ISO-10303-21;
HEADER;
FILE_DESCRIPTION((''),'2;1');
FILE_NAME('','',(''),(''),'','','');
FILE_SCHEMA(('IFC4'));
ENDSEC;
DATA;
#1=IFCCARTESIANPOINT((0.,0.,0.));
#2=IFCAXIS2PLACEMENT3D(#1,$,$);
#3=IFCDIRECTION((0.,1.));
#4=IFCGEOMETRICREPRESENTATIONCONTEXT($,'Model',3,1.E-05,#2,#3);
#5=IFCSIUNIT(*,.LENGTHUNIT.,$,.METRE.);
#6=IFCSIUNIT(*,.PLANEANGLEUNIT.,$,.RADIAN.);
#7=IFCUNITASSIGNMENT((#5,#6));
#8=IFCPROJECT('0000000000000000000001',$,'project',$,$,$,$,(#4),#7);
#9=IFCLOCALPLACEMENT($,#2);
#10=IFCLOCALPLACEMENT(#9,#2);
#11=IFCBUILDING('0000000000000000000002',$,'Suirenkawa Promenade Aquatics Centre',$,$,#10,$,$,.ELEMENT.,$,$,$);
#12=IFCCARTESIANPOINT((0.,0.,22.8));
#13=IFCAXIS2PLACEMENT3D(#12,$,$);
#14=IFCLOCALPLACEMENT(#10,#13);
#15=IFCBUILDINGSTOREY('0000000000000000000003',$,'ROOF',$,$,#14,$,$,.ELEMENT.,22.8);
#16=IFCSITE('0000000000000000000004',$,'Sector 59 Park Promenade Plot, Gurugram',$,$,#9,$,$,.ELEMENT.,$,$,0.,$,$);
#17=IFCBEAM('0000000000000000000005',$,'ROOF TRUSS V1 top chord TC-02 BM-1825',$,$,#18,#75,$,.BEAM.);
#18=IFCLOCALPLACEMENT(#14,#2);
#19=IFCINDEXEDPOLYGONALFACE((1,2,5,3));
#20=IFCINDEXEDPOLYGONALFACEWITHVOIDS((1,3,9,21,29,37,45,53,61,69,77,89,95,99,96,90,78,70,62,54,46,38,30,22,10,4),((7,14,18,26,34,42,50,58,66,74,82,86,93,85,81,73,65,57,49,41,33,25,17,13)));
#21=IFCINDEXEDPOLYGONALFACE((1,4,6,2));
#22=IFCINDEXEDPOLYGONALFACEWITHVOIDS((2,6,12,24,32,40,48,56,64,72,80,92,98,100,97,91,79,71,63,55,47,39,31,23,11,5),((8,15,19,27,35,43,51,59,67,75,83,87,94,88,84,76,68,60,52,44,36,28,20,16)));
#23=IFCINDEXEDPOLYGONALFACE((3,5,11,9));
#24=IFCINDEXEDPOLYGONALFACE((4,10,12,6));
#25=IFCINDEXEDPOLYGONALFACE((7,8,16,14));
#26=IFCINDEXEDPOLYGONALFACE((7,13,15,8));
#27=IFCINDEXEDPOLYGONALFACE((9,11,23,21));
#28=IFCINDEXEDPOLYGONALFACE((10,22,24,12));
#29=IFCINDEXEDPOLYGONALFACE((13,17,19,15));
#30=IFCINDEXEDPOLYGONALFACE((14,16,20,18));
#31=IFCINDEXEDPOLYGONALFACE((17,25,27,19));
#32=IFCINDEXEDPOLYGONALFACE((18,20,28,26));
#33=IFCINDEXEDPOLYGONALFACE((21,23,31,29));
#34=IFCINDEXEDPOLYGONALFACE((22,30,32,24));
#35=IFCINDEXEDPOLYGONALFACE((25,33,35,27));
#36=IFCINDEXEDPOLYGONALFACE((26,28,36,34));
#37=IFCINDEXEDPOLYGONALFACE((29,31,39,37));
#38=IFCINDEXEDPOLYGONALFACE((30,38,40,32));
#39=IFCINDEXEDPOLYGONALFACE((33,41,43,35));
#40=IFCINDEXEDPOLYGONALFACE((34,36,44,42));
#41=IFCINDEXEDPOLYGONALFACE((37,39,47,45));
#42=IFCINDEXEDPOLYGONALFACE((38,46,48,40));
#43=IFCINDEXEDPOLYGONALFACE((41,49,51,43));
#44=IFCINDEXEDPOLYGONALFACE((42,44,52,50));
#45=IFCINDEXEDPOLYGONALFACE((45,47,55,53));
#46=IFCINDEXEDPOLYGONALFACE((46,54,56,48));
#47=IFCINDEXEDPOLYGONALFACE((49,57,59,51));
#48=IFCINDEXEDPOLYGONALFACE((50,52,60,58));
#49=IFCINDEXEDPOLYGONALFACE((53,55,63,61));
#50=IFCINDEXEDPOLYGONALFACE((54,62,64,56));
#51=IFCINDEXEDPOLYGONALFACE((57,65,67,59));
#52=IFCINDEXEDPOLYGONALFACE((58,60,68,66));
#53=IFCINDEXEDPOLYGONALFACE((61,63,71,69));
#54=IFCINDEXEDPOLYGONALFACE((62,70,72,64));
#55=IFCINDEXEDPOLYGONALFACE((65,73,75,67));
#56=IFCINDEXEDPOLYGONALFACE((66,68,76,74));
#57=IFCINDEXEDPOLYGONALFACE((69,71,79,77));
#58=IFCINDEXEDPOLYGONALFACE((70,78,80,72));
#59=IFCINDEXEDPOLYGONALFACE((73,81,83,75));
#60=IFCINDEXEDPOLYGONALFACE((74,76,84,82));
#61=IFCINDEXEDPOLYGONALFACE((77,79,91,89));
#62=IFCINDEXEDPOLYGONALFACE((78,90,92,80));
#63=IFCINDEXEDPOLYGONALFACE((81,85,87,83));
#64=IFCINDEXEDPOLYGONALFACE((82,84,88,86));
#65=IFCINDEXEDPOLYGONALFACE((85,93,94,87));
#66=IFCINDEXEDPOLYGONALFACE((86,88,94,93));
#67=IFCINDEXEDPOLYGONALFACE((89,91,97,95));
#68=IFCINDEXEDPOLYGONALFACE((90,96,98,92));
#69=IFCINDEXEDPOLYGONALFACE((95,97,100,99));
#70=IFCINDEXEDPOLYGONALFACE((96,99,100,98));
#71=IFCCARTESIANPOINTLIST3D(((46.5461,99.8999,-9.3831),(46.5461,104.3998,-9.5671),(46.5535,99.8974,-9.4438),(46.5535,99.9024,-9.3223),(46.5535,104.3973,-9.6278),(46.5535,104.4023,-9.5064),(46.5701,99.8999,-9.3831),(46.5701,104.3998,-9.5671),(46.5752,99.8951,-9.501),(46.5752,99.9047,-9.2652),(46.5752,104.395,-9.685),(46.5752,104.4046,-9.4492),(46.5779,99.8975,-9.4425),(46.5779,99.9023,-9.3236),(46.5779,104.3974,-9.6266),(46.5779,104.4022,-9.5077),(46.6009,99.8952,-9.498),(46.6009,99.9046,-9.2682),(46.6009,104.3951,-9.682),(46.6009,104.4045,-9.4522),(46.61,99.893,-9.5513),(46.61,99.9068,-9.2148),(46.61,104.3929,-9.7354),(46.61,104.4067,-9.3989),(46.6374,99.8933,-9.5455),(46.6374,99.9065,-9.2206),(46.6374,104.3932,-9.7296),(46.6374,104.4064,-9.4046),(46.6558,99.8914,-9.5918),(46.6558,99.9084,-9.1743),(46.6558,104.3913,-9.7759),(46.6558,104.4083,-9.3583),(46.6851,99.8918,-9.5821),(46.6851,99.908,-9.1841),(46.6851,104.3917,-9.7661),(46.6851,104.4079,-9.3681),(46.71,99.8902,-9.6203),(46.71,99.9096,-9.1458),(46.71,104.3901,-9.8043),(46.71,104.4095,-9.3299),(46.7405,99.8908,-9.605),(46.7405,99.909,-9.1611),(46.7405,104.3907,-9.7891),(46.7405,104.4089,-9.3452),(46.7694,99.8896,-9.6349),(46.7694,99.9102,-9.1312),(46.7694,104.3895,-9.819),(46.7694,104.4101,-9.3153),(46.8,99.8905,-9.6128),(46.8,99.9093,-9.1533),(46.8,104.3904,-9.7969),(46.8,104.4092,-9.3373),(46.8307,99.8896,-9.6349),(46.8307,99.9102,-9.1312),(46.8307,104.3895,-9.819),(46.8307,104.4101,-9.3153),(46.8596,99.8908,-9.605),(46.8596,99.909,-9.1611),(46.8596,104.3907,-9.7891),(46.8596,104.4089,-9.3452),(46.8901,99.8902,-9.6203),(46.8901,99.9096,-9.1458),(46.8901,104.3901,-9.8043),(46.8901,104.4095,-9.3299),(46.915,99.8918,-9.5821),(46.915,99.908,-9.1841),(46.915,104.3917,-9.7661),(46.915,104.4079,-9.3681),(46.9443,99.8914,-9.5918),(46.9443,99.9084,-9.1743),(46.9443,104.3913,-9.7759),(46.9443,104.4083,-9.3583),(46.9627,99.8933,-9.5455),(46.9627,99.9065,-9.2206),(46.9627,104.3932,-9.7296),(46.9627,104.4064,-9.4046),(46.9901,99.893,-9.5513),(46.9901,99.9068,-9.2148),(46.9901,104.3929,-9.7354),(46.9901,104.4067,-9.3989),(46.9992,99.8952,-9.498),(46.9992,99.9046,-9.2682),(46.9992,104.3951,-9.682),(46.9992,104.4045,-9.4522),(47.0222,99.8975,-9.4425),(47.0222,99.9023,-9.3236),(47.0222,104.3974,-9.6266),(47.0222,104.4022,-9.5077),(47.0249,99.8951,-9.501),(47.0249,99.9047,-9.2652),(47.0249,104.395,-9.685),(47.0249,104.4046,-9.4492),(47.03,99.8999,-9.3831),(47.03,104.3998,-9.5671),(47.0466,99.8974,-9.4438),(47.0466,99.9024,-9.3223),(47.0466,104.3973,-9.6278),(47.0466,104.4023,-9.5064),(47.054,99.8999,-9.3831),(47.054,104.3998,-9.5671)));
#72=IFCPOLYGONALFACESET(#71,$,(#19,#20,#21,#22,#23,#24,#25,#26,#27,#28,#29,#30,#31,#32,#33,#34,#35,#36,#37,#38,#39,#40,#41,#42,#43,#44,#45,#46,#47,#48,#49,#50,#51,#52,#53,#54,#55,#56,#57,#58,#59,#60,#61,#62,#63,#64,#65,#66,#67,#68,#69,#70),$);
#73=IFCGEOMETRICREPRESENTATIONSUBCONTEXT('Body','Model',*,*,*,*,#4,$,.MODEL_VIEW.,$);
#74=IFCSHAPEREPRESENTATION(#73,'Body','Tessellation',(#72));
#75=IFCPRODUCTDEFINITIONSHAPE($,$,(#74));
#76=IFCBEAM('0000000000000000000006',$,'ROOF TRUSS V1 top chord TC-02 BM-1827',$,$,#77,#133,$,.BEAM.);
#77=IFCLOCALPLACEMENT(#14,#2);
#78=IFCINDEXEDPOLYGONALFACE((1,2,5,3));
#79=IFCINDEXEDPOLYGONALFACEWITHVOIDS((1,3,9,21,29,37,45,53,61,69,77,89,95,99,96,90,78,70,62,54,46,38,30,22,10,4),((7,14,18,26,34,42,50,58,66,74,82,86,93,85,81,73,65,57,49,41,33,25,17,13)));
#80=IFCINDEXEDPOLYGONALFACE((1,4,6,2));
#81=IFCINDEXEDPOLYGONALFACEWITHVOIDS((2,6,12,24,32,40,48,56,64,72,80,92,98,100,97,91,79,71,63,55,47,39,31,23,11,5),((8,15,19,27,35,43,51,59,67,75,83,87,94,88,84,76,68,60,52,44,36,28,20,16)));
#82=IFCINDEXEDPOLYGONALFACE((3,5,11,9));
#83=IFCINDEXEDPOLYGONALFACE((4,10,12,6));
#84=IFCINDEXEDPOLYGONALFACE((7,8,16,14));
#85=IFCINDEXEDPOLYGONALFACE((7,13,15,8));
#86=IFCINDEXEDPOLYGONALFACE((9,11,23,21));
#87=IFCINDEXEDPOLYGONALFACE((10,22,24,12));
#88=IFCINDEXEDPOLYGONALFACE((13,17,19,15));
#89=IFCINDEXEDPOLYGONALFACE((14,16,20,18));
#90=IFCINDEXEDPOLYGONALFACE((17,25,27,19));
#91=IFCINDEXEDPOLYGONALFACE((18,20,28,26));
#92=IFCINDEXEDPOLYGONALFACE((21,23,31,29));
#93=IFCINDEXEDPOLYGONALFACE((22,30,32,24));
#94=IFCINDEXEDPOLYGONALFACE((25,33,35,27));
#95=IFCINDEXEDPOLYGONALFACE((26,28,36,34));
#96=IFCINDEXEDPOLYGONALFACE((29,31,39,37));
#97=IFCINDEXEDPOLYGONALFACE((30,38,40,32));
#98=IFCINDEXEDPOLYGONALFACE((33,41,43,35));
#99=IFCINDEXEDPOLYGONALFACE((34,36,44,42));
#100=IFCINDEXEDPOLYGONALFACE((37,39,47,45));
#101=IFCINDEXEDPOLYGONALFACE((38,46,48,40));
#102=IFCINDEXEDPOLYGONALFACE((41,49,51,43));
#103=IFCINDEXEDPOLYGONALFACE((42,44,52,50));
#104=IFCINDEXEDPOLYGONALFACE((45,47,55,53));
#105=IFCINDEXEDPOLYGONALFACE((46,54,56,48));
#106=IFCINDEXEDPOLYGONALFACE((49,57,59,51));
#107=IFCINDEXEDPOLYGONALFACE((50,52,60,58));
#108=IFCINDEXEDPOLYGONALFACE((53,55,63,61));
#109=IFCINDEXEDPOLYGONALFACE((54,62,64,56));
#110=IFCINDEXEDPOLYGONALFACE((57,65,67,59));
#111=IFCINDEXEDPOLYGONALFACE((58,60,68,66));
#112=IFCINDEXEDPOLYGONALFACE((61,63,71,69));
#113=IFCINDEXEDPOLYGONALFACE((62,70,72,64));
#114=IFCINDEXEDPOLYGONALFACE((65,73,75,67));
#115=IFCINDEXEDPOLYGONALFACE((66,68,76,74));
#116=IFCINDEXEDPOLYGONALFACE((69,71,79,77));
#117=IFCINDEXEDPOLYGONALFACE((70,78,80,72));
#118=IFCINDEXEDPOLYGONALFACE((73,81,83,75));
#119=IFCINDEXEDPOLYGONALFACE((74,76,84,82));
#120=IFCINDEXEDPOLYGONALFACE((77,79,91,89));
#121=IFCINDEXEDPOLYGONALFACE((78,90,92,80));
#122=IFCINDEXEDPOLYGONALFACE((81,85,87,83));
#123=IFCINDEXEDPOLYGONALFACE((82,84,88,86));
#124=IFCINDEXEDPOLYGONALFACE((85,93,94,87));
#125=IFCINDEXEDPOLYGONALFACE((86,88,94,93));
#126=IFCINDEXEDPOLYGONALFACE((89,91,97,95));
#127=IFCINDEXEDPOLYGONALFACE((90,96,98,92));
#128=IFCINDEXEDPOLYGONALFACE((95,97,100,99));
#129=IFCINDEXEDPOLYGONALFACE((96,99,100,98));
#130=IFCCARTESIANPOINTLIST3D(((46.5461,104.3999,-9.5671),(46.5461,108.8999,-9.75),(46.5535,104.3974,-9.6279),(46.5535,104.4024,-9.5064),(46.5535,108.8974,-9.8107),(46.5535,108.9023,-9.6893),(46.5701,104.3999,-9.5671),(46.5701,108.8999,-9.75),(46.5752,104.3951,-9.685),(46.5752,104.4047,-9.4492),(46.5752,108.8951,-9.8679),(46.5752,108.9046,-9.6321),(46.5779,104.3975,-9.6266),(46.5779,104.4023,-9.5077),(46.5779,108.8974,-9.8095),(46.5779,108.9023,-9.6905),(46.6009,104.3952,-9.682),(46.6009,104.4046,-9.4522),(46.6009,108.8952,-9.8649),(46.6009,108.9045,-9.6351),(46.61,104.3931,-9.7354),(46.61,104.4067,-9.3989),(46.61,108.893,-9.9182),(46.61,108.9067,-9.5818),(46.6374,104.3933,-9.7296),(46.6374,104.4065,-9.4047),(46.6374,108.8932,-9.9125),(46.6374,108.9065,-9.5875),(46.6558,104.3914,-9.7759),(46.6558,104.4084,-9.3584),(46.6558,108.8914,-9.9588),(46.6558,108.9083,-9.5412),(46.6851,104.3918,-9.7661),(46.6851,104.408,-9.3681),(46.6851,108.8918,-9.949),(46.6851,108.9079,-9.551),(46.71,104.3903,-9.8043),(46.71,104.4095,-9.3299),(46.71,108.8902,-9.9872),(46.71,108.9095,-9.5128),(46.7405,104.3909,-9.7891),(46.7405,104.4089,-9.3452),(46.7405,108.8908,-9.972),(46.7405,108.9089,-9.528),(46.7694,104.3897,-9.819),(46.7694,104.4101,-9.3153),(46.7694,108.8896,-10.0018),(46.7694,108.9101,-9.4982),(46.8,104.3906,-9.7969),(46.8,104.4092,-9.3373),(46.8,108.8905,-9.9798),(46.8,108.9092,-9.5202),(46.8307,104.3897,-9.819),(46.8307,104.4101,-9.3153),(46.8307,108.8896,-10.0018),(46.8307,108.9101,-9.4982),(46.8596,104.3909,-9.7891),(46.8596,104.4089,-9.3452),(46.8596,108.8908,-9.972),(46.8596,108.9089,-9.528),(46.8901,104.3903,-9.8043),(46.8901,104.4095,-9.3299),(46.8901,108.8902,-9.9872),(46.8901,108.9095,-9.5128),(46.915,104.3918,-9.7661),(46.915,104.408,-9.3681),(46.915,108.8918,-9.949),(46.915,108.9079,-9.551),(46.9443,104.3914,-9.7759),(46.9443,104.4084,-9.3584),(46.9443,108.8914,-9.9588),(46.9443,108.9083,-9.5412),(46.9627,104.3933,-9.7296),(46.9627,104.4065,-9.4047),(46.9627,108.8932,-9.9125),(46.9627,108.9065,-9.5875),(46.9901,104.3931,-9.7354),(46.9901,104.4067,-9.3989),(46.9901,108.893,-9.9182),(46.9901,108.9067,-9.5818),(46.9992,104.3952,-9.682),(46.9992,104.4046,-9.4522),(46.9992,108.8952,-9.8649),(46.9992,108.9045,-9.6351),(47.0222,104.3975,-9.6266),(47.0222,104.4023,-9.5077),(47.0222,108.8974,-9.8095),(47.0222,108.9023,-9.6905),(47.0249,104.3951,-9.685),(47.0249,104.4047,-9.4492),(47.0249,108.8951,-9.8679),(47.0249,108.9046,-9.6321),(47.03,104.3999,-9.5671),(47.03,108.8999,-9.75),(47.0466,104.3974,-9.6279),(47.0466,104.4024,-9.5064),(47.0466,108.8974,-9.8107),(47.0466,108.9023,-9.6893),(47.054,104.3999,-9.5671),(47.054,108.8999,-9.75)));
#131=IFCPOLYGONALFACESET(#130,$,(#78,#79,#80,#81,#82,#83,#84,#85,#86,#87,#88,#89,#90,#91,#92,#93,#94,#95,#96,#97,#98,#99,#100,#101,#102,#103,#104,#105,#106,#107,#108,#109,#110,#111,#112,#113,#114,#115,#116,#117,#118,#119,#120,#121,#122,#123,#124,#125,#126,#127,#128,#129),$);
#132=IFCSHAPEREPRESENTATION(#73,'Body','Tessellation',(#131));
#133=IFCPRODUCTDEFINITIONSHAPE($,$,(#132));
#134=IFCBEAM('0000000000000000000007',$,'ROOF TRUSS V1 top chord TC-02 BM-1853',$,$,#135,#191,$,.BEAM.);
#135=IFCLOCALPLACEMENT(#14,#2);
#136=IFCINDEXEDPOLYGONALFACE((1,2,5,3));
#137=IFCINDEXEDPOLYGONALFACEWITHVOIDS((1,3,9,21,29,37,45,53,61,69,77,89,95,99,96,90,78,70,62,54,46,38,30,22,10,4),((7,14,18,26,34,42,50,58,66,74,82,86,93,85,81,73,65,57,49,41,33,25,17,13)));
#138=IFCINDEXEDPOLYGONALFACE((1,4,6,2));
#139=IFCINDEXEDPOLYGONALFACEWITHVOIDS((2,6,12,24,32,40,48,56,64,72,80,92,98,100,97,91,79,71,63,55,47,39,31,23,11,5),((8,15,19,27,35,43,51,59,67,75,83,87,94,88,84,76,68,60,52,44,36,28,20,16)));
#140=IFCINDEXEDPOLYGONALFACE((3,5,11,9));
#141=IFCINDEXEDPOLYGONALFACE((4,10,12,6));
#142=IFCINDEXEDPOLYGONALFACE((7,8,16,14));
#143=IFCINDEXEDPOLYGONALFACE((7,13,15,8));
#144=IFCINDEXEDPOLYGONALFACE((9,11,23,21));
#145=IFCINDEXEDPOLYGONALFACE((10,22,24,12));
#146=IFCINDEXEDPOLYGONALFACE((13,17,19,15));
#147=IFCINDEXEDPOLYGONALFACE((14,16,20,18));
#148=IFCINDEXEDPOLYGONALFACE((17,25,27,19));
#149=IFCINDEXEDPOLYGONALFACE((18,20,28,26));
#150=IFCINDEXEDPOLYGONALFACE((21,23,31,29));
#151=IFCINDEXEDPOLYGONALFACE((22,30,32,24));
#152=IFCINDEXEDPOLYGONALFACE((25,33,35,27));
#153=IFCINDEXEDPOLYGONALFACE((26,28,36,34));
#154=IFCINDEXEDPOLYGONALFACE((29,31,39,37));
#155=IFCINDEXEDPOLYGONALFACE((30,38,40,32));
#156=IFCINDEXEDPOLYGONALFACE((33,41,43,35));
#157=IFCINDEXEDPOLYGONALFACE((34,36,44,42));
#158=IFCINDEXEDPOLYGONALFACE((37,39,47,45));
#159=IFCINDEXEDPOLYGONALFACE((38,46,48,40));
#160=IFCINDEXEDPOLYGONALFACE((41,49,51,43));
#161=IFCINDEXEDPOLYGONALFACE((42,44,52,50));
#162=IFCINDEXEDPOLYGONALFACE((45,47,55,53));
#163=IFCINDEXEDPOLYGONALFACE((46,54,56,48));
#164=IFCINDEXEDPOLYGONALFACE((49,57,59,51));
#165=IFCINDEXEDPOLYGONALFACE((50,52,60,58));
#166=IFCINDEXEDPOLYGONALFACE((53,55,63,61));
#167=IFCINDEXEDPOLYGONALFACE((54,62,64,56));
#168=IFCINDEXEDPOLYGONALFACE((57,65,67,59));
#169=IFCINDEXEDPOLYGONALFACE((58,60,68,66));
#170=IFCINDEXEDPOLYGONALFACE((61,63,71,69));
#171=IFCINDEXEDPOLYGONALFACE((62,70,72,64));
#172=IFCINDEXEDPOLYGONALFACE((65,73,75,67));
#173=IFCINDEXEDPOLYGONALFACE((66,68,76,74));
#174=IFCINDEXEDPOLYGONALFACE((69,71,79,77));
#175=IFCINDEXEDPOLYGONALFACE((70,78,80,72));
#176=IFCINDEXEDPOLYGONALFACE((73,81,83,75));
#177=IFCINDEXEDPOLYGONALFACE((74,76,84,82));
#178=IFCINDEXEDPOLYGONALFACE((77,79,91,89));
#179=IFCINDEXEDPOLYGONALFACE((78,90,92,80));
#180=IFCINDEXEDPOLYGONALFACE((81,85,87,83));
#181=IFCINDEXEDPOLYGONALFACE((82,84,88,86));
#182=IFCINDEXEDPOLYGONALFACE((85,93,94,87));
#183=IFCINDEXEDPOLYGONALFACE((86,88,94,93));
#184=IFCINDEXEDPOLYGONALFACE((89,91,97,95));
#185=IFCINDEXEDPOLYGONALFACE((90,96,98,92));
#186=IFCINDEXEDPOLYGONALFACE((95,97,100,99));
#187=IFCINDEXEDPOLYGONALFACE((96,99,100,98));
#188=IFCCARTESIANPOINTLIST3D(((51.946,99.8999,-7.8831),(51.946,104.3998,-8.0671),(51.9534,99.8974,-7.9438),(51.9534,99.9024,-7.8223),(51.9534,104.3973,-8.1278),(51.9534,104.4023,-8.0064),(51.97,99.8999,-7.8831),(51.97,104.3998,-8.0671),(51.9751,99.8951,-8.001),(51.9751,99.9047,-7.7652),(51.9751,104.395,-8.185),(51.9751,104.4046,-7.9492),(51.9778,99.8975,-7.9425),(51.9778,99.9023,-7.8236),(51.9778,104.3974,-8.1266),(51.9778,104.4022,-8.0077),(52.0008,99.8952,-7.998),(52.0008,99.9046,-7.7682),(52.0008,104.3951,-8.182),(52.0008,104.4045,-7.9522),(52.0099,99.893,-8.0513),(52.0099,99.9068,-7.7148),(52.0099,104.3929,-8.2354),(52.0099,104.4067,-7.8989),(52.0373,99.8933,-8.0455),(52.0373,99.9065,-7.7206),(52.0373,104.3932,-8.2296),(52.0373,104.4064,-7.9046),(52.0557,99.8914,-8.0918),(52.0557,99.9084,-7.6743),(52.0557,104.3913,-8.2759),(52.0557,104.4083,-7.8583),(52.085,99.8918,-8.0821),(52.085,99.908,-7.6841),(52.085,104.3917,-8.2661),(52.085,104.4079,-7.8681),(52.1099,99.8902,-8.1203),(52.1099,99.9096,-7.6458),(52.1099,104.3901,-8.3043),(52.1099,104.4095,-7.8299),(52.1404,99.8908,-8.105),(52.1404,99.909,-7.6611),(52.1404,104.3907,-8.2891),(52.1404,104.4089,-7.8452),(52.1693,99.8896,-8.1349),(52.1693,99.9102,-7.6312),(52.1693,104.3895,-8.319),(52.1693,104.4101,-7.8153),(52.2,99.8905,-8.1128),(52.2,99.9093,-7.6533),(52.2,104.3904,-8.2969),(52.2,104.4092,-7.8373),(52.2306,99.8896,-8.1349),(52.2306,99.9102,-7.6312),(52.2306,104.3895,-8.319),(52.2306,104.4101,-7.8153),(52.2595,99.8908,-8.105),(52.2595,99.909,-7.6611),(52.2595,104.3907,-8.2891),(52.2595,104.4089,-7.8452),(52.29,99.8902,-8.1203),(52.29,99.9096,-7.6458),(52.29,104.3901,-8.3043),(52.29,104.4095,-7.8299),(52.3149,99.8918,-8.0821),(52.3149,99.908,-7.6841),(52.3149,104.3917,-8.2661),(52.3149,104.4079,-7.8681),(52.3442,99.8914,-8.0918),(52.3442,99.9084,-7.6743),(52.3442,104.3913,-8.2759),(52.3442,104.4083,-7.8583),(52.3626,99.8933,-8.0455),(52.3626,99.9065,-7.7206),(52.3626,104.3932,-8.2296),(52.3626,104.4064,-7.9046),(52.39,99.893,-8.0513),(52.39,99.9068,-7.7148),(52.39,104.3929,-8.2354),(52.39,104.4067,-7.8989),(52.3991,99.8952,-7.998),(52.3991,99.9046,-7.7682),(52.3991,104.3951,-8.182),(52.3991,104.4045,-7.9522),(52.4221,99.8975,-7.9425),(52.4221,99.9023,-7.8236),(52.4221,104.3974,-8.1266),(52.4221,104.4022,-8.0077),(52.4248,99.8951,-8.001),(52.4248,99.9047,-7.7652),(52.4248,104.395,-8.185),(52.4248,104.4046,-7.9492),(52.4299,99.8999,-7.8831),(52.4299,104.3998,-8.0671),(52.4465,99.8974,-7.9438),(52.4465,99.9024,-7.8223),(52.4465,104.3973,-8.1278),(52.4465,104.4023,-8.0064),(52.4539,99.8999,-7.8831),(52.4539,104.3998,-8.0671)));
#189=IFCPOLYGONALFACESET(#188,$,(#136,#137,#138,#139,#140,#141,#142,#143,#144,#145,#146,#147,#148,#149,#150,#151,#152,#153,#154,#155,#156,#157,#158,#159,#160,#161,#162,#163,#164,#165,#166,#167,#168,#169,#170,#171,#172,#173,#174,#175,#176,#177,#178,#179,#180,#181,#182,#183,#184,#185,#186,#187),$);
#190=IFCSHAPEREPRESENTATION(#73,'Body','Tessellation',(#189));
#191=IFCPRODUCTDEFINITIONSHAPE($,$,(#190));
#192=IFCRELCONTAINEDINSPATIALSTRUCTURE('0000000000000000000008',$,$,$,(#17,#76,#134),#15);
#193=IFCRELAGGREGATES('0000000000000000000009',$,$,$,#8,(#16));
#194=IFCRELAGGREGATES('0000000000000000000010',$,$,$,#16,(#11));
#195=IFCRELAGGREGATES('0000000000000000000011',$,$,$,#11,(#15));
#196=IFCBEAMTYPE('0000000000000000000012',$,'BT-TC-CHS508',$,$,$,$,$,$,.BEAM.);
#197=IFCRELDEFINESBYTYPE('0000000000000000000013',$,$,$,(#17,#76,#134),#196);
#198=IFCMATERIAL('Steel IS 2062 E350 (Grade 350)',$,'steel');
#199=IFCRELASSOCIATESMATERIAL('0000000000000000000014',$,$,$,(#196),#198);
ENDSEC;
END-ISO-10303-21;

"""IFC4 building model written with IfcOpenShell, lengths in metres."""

from ifc_helpers import new_model, si_unit, direction, frame, origin, origin_2d, place, context, subcontext, project, spatial, hollow_circle, extrude, material, material_profile, profile_set, type_object, element, save


model = new_model("IFC4")

# Units and contexts
model_context = context("Model", 3, precision=1e-05, world=origin(), true_north=direction((0.0, 1.0)))
body_context = subcontext(model_context, "Body", "Model", "MODEL_VIEW")
ifc_project = project(units=[si_unit("LENGTHUNIT", "METRE"), si_unit("PLANEANGLEUNIT", "RADIAN")], contexts=[model_context])

# Site, building, storey
site_placement = place(None, origin())
site = spatial("IfcSite", under=ifc_project, at=site_placement, Name="Sector 59 Park Promenade Plot, Gurugram", CompositionType="ELEMENT", RefElevation=0.0)
building_placement = place(site_placement, origin())
building = spatial("IfcBuilding", under=site, at=building_placement, Name="Suirenkawa Promenade Aquatics Centre", CompositionType="ELEMENT")
storey_placement = place(building_placement, frame((0.0, 0.0, 22.8)))
storey = spatial("IfcBuildingStorey", under=building, at=storey_placement, Name="ROOF", CompositionType="ELEMENT", Elevation=22.8)

# Beams
ifc_material = material(Name="Steel IS 2062 E350 (Grade 350)", Category="steel")
ifc_material_profile_1 = material_profile(ifc_material, hollow_circle(Radius=0.2539, WallThickness=0.0239, at=origin_2d()), Name="CHS 508x24", Category="steel")
ifc_profile_set_1 = profile_set([ifc_material_profile_1], Name="Steel IS 2062 E350 (Grade 350)")
beam_type_1 = type_object("IfcBeamType", Name="BT-TC-CHS508", PredefinedType="BEAM", material=ifc_profile_set_1)
for number, where, z_axis, x_axis, name in (
    (1, (46.8, 99.8999, -9.3831), (0.0, 0.999164, -0.040873), (-1.0, 0.0, 0.0), "ROOF TRUSS V1 top chord TC-02 BM-1825"),
    (2, (46.8, 104.3999, -9.5671), (0.0, 0.999175, -0.040602), (-1.0, 0.0, 0.0), "ROOF TRUSS V1 top chord TC-02 BM-1827"),
    (3, (52.2, 99.8999, -7.8831), (0.0, 0.999164, -0.040873), (-1.0, 0.0, 0.0), "ROOF TRUSS V1 top chord TC-02 BM-1853"),
):
    element("IfcBeam", number, at=place(storey_placement, frame(where, z_axis=z_axis, x_axis=x_axis)), inside=storey, type_object=beam_type_1, Name=name, PredefinedType="BEAM", context=body_context, shape_type="SweptSolid", body=[
        extrude(hollow_circle(Radius=0.2539, WallThickness=0.0239, at=origin_2d()), origin(), (0.0, 0.0, 1.0), 4.5037),
    ])

save(model, "model.ifc")
